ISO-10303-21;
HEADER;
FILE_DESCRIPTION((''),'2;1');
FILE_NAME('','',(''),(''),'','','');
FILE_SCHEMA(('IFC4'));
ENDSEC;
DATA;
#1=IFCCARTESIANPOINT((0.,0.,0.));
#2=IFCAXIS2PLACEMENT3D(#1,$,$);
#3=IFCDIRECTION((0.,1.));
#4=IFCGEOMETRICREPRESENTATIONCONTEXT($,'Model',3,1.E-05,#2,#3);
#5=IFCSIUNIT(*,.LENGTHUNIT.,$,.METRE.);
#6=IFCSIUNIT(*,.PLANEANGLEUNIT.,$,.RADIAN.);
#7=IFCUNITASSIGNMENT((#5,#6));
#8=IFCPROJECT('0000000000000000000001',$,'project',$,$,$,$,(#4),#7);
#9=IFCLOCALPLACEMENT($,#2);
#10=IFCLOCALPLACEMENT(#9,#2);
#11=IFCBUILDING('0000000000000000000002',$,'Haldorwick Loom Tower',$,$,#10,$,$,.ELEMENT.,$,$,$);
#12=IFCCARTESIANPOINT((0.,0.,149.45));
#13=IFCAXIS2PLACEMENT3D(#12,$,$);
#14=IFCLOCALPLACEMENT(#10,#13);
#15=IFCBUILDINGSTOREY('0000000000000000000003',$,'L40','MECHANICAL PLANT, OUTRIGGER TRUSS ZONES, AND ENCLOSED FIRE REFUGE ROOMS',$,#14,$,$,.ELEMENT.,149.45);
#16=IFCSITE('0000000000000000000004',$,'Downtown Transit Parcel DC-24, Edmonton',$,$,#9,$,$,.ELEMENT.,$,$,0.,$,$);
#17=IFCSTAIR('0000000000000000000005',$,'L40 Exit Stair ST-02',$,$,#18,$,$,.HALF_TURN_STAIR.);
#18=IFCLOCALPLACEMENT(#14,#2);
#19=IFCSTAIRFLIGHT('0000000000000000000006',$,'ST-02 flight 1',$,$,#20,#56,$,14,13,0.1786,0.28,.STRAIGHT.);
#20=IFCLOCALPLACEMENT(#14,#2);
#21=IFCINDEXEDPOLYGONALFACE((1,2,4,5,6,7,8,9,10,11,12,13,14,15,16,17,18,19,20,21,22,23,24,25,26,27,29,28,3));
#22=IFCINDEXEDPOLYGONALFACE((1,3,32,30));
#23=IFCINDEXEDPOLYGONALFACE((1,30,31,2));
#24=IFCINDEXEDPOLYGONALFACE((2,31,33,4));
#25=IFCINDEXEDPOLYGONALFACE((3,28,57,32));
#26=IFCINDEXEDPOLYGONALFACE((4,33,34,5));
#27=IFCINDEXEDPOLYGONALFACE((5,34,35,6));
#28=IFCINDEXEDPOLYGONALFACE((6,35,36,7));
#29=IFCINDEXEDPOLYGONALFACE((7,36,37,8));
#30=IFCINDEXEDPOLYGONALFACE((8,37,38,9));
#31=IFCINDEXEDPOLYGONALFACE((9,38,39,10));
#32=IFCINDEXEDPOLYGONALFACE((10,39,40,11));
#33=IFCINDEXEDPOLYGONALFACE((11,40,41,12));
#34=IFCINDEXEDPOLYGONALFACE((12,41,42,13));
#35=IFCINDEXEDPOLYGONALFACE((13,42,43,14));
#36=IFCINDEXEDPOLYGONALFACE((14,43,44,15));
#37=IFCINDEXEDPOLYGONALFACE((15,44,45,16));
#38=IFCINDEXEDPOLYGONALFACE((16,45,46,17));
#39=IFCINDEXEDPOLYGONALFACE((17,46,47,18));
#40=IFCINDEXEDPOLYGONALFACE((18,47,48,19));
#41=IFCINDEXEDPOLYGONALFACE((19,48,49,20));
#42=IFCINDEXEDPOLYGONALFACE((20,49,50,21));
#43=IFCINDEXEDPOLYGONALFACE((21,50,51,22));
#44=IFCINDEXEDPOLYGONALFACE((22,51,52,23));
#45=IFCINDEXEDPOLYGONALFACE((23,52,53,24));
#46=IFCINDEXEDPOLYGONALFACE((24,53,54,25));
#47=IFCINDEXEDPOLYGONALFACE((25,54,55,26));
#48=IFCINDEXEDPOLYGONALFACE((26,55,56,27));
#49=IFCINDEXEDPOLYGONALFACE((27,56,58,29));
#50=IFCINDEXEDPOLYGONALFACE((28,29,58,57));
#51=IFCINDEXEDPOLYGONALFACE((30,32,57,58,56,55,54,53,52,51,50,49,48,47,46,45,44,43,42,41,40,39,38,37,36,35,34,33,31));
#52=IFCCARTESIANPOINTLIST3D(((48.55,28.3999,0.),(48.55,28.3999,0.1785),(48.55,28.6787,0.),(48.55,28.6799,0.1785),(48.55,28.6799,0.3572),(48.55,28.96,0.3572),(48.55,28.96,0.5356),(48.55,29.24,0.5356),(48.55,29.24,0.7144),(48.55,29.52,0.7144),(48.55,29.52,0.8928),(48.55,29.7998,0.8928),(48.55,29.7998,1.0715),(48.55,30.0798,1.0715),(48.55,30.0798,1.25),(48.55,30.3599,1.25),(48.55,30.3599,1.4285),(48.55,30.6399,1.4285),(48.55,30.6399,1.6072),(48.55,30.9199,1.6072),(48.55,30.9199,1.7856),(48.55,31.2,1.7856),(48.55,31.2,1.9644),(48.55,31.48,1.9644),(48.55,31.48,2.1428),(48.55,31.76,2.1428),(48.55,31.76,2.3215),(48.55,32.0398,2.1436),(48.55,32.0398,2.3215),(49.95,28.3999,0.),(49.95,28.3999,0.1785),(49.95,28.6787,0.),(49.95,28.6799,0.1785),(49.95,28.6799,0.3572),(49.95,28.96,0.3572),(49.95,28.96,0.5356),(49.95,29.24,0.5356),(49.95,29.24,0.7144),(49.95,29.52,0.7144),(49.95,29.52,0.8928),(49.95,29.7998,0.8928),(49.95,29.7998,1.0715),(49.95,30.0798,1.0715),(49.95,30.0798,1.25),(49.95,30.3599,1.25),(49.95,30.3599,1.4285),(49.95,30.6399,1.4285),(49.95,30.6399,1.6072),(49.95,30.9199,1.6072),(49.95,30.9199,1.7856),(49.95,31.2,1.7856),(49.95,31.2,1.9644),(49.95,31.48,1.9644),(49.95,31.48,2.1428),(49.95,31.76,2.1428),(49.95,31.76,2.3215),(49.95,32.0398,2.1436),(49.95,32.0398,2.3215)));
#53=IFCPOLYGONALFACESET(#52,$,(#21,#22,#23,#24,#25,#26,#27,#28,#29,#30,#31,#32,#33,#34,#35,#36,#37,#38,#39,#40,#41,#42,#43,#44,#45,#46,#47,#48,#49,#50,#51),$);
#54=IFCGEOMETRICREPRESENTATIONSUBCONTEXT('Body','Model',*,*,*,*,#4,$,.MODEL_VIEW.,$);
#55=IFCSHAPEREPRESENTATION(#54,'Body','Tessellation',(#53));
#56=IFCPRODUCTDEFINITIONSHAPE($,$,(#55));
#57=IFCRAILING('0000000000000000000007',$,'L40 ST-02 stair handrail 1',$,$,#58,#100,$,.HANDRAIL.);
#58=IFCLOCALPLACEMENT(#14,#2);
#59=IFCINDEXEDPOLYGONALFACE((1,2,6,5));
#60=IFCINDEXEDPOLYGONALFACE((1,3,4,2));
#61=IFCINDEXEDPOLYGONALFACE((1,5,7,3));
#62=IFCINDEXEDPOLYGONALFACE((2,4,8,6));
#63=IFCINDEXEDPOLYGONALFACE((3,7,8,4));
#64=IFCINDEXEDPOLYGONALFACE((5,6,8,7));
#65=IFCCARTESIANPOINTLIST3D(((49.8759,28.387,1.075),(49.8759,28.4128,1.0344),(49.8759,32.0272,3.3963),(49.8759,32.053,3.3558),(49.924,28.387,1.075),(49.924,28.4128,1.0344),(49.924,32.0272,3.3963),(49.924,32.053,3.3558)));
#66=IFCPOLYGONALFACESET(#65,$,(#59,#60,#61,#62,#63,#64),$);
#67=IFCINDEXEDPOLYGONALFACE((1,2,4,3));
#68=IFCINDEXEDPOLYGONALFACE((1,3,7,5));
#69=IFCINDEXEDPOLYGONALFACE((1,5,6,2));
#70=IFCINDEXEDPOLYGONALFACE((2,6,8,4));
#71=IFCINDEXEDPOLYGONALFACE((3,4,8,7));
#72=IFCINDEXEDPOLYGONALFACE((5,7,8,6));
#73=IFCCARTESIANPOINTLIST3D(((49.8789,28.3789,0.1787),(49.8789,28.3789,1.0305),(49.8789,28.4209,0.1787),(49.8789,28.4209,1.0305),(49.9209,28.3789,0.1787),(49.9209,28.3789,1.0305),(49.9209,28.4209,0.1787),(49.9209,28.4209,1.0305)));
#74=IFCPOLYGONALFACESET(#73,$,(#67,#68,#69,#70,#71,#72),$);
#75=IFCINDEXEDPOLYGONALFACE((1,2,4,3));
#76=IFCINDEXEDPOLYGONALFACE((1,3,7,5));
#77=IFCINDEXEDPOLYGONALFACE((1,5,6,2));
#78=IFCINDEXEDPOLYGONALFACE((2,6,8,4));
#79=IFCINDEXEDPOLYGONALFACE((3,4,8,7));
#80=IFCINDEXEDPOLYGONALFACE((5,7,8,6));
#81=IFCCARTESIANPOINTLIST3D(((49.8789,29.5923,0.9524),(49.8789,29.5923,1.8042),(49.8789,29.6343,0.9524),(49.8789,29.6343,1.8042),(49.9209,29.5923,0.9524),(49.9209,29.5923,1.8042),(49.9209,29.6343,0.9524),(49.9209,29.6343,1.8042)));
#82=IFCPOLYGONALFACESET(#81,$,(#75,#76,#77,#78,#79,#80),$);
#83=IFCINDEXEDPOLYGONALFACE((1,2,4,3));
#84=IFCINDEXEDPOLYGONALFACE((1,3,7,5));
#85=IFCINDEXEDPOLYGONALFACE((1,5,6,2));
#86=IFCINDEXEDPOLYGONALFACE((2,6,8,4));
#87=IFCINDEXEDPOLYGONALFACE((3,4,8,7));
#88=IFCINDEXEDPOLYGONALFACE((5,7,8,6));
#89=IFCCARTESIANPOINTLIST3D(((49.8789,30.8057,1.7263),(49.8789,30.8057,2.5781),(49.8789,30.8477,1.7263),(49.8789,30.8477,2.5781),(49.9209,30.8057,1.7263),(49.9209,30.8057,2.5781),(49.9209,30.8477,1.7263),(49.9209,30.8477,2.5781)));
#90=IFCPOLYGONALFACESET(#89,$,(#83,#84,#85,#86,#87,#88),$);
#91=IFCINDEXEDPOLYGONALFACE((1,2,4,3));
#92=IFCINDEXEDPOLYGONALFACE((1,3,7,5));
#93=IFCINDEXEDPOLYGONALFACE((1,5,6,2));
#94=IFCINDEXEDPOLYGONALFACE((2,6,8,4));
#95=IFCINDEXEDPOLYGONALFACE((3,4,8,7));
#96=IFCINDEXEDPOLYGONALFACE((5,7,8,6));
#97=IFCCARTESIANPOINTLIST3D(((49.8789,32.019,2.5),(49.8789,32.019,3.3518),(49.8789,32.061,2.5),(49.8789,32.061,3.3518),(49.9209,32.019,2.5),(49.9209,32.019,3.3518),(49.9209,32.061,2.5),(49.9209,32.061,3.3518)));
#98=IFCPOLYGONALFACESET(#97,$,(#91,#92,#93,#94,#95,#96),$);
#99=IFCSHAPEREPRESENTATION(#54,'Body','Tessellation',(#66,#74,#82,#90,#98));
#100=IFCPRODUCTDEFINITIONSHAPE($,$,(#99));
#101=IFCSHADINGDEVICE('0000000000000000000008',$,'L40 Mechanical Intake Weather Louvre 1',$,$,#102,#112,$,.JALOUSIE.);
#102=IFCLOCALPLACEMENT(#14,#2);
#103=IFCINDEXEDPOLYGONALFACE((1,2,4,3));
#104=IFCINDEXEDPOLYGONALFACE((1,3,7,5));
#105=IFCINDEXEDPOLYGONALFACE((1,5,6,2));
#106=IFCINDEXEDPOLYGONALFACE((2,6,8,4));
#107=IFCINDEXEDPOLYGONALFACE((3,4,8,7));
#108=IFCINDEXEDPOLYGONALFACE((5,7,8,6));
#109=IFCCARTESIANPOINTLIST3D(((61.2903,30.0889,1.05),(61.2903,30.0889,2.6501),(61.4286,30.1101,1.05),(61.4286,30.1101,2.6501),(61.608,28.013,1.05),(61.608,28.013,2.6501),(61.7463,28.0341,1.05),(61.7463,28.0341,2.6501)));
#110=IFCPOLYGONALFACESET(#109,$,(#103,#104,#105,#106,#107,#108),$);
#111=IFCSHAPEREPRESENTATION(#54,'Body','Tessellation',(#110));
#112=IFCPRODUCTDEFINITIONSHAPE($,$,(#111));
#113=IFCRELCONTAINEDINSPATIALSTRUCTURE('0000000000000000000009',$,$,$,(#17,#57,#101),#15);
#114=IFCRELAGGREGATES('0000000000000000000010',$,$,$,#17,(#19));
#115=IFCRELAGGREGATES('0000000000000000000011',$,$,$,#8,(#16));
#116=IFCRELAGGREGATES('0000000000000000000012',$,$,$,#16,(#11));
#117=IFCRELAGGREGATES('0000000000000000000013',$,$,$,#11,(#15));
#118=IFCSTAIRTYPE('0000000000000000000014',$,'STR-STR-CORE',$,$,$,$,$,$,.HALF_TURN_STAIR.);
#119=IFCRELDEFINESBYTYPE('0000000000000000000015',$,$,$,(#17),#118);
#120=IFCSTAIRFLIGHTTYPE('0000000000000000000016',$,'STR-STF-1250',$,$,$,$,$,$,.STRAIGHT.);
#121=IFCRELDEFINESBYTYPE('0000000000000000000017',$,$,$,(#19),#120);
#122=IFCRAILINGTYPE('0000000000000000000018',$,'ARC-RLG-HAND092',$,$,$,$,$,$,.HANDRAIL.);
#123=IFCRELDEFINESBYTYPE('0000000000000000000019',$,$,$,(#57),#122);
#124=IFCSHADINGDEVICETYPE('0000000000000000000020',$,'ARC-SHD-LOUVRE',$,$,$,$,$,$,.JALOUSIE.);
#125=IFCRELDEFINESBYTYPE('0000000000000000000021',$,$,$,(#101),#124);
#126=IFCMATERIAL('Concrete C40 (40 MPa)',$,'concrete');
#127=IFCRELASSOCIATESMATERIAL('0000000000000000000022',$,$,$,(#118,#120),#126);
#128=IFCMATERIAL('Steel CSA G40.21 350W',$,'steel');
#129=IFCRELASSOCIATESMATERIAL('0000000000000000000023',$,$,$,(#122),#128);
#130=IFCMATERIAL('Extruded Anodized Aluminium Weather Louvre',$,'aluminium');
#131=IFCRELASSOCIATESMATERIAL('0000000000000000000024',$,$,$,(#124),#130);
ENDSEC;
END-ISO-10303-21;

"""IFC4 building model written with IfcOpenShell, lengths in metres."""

from ifc_helpers import new_model, si_unit, direction, frame, origin, origin_2d, place, context, subcontext, project, spatial, polyline, rectangle, outline, extrude, material, type_object, element, aggregate, save


model = new_model("IFC4")

# Units and contexts
model_context = context("Model", 3, precision=1e-05, world=origin(), true_north=direction((0.0, 1.0)))
body_context = subcontext(model_context, "Body", "Model", "MODEL_VIEW")
ifc_project = project(units=[si_unit("LENGTHUNIT", "METRE"), si_unit("PLANEANGLEUNIT", "RADIAN")], contexts=[model_context])

# Site, building, storey
site_placement = place(None, origin())
site = spatial("IfcSite", under=ifc_project, at=site_placement, Name="Downtown Transit Parcel DC-24, Edmonton", CompositionType="ELEMENT", RefElevation=0.0)
building_placement = place(site_placement, origin())
building = spatial("IfcBuilding", under=site, at=building_placement, Name="Haldorwick Loom Tower", CompositionType="ELEMENT")
storey_placement = place(building_placement, frame((0.0, 0.0, 149.45)))
storey = spatial("IfcBuildingStorey", under=building, at=storey_placement, Name="L40", Description="MECHANICAL PLANT, OUTRIGGER TRUSS ZONES, AND ENCLOSED FIRE REFUGE ROOMS", CompositionType="ELEMENT", Elevation=149.45)

# Shared definitions
ifc_material_1 = material(Name="Steel CSA G40.21 350W", Category="steel")

# Stair, stair flight
ifc_material_2 = material(Name="Concrete C40 (40 MPa)", Category="concrete")
stair_type = type_object("IfcStairType", Name="STR-STR-CORE", PredefinedType="HALF_TURN_STAIR", material=ifc_material_2)
stair_placement = place(storey_placement, origin())
stair = element("IfcStair", 1, at=stair_placement, inside=storey, type_object=stair_type, Name="L40 Exit Stair ST-02", PredefinedType="HALF_TURN_STAIR")
stair_flight_type = type_object("IfcStairFlightType", Name="STR-STF-1250", PredefinedType="STRAIGHT", material=ifc_material_2)
stair_flight_placement = place(storey_placement, frame((49.25, 28.3999, 0.0), z_axis=(0.0, 0.0, 1.0), x_axis=(0.0, 1.0, 0.0)))
stair_flight = element("IfcStairFlight", 2, at=stair_flight_placement, type_object=stair_flight_type, Name="ST-02 flight 1", NumberOfRisers=14, NumberOfTreads=13, PredefinedType="STRAIGHT", RiserHeight=0.1786, TreadLength=0.28, context=body_context, shape_type="SweptSolid", body=[
    extrude(outline(polyline([(0.0, 0.0), (0.0, 0.1785), (0.28, 0.1785), (0.28, 0.3572), (0.5601, 0.3572), (0.5601, 0.5356), (0.8401, 0.5356), (0.8401, 0.7144), (1.1201, 0.7144), (1.1201, 0.8928), (1.3999, 0.8928), (1.3999, 1.0715), (1.6799, 1.0715), (1.6799, 1.25), (1.96, 1.25), (1.96, 1.4285), (2.24, 1.4285), (2.24, 1.6072), (2.52, 1.6072), (2.52, 1.7856), (2.8, 1.7856), (2.8, 1.9644), (3.0801, 1.9644), (3.0801, 2.1428), (3.3601, 2.1428), (3.3601, 2.3215), (3.6399, 2.3215), (3.6399, 2.5), (3.6399, 2.1436), (0.2788, 0.0), (0.0, 0.0)])), frame((0.0, 0.7, 0.0), z_axis=(0.0, -1.0, 0.0), x_axis=(1.0, 0.0, 0.0)), (0.0, 0.0, 1.0), 1.3999),
])
aggregate(stair, [stair_flight])

# Railing
railing_type = type_object("IfcRailingType", Name="ARC-RLG-HAND092", PredefinedType="HANDRAIL", material=ifc_material_1)
railing_placement = place(storey_placement, frame((49.8999, 28.3999, 0.1787)))
element("IfcRailing", 3, at=railing_placement, inside=storey, type_object=railing_type, Name="L40 ST-02 stair handrail 1", PredefinedType="HANDRAIL", context=body_context, shape_type="SweptSolid", body=[
    extrude(rectangle(XDim=0.0481, YDim=0.0481, at=origin_2d()), frame((0.0, 0.0, 0.876), z_axis=(0.0, 0.843153, 0.537673), x_axis=(-1.0, 0.0, 0.0)), (0.0, 0.0, 1.0), 4.3174),
    extrude(rectangle(XDim=0.042, YDim=0.042, at=origin_2d()), origin(), (0.0, 0.0, 1.0), 0.8518),
    extrude(rectangle(XDim=0.042, YDim=0.042, at=origin_2d()), frame((0.0, 1.2134, 0.7737)), (0.0, 0.0, 1.0), 0.8518),
    extrude(rectangle(XDim=0.042, YDim=0.042, at=origin_2d()), frame((0.0, 2.4268, 1.5476)), (0.0, 0.0, 1.0), 0.8518),
    extrude(rectangle(XDim=0.042, YDim=0.042, at=origin_2d()), frame((0.0, 3.6401, 2.3213)), (0.0, 0.0, 1.0), 0.8518),
])

# Shading device
ifc_material_3 = material(Name="Extruded Anodized Aluminium Weather Louvre", Category="aluminium")
shading_device_type = type_object("IfcShadingDeviceType", Name="ARC-SHD-LOUVRE", PredefinedType="JALOUSIE", material=ifc_material_3)
shading_device_placement = place(storey_placement, frame((61.5183, 29.0615, 1.05), z_axis=(0.0, 0.0, 1.0), x_axis=(-0.151261, 0.988494, 0.0)))
element("IfcShadingDevice", 4, at=shading_device_placement, inside=storey, type_object=shading_device_type, Name="L40 Mechanical Intake Weather Louvre 1", PredefinedType="JALOUSIE", context=body_context, shape_type="SweptSolid", body=[
    extrude(rectangle(XDim=2.1001, YDim=0.1399, at=origin_2d()), origin(), (0.0, 0.0, 1.0), 1.6001),
])

save(model, "model.ifc")
